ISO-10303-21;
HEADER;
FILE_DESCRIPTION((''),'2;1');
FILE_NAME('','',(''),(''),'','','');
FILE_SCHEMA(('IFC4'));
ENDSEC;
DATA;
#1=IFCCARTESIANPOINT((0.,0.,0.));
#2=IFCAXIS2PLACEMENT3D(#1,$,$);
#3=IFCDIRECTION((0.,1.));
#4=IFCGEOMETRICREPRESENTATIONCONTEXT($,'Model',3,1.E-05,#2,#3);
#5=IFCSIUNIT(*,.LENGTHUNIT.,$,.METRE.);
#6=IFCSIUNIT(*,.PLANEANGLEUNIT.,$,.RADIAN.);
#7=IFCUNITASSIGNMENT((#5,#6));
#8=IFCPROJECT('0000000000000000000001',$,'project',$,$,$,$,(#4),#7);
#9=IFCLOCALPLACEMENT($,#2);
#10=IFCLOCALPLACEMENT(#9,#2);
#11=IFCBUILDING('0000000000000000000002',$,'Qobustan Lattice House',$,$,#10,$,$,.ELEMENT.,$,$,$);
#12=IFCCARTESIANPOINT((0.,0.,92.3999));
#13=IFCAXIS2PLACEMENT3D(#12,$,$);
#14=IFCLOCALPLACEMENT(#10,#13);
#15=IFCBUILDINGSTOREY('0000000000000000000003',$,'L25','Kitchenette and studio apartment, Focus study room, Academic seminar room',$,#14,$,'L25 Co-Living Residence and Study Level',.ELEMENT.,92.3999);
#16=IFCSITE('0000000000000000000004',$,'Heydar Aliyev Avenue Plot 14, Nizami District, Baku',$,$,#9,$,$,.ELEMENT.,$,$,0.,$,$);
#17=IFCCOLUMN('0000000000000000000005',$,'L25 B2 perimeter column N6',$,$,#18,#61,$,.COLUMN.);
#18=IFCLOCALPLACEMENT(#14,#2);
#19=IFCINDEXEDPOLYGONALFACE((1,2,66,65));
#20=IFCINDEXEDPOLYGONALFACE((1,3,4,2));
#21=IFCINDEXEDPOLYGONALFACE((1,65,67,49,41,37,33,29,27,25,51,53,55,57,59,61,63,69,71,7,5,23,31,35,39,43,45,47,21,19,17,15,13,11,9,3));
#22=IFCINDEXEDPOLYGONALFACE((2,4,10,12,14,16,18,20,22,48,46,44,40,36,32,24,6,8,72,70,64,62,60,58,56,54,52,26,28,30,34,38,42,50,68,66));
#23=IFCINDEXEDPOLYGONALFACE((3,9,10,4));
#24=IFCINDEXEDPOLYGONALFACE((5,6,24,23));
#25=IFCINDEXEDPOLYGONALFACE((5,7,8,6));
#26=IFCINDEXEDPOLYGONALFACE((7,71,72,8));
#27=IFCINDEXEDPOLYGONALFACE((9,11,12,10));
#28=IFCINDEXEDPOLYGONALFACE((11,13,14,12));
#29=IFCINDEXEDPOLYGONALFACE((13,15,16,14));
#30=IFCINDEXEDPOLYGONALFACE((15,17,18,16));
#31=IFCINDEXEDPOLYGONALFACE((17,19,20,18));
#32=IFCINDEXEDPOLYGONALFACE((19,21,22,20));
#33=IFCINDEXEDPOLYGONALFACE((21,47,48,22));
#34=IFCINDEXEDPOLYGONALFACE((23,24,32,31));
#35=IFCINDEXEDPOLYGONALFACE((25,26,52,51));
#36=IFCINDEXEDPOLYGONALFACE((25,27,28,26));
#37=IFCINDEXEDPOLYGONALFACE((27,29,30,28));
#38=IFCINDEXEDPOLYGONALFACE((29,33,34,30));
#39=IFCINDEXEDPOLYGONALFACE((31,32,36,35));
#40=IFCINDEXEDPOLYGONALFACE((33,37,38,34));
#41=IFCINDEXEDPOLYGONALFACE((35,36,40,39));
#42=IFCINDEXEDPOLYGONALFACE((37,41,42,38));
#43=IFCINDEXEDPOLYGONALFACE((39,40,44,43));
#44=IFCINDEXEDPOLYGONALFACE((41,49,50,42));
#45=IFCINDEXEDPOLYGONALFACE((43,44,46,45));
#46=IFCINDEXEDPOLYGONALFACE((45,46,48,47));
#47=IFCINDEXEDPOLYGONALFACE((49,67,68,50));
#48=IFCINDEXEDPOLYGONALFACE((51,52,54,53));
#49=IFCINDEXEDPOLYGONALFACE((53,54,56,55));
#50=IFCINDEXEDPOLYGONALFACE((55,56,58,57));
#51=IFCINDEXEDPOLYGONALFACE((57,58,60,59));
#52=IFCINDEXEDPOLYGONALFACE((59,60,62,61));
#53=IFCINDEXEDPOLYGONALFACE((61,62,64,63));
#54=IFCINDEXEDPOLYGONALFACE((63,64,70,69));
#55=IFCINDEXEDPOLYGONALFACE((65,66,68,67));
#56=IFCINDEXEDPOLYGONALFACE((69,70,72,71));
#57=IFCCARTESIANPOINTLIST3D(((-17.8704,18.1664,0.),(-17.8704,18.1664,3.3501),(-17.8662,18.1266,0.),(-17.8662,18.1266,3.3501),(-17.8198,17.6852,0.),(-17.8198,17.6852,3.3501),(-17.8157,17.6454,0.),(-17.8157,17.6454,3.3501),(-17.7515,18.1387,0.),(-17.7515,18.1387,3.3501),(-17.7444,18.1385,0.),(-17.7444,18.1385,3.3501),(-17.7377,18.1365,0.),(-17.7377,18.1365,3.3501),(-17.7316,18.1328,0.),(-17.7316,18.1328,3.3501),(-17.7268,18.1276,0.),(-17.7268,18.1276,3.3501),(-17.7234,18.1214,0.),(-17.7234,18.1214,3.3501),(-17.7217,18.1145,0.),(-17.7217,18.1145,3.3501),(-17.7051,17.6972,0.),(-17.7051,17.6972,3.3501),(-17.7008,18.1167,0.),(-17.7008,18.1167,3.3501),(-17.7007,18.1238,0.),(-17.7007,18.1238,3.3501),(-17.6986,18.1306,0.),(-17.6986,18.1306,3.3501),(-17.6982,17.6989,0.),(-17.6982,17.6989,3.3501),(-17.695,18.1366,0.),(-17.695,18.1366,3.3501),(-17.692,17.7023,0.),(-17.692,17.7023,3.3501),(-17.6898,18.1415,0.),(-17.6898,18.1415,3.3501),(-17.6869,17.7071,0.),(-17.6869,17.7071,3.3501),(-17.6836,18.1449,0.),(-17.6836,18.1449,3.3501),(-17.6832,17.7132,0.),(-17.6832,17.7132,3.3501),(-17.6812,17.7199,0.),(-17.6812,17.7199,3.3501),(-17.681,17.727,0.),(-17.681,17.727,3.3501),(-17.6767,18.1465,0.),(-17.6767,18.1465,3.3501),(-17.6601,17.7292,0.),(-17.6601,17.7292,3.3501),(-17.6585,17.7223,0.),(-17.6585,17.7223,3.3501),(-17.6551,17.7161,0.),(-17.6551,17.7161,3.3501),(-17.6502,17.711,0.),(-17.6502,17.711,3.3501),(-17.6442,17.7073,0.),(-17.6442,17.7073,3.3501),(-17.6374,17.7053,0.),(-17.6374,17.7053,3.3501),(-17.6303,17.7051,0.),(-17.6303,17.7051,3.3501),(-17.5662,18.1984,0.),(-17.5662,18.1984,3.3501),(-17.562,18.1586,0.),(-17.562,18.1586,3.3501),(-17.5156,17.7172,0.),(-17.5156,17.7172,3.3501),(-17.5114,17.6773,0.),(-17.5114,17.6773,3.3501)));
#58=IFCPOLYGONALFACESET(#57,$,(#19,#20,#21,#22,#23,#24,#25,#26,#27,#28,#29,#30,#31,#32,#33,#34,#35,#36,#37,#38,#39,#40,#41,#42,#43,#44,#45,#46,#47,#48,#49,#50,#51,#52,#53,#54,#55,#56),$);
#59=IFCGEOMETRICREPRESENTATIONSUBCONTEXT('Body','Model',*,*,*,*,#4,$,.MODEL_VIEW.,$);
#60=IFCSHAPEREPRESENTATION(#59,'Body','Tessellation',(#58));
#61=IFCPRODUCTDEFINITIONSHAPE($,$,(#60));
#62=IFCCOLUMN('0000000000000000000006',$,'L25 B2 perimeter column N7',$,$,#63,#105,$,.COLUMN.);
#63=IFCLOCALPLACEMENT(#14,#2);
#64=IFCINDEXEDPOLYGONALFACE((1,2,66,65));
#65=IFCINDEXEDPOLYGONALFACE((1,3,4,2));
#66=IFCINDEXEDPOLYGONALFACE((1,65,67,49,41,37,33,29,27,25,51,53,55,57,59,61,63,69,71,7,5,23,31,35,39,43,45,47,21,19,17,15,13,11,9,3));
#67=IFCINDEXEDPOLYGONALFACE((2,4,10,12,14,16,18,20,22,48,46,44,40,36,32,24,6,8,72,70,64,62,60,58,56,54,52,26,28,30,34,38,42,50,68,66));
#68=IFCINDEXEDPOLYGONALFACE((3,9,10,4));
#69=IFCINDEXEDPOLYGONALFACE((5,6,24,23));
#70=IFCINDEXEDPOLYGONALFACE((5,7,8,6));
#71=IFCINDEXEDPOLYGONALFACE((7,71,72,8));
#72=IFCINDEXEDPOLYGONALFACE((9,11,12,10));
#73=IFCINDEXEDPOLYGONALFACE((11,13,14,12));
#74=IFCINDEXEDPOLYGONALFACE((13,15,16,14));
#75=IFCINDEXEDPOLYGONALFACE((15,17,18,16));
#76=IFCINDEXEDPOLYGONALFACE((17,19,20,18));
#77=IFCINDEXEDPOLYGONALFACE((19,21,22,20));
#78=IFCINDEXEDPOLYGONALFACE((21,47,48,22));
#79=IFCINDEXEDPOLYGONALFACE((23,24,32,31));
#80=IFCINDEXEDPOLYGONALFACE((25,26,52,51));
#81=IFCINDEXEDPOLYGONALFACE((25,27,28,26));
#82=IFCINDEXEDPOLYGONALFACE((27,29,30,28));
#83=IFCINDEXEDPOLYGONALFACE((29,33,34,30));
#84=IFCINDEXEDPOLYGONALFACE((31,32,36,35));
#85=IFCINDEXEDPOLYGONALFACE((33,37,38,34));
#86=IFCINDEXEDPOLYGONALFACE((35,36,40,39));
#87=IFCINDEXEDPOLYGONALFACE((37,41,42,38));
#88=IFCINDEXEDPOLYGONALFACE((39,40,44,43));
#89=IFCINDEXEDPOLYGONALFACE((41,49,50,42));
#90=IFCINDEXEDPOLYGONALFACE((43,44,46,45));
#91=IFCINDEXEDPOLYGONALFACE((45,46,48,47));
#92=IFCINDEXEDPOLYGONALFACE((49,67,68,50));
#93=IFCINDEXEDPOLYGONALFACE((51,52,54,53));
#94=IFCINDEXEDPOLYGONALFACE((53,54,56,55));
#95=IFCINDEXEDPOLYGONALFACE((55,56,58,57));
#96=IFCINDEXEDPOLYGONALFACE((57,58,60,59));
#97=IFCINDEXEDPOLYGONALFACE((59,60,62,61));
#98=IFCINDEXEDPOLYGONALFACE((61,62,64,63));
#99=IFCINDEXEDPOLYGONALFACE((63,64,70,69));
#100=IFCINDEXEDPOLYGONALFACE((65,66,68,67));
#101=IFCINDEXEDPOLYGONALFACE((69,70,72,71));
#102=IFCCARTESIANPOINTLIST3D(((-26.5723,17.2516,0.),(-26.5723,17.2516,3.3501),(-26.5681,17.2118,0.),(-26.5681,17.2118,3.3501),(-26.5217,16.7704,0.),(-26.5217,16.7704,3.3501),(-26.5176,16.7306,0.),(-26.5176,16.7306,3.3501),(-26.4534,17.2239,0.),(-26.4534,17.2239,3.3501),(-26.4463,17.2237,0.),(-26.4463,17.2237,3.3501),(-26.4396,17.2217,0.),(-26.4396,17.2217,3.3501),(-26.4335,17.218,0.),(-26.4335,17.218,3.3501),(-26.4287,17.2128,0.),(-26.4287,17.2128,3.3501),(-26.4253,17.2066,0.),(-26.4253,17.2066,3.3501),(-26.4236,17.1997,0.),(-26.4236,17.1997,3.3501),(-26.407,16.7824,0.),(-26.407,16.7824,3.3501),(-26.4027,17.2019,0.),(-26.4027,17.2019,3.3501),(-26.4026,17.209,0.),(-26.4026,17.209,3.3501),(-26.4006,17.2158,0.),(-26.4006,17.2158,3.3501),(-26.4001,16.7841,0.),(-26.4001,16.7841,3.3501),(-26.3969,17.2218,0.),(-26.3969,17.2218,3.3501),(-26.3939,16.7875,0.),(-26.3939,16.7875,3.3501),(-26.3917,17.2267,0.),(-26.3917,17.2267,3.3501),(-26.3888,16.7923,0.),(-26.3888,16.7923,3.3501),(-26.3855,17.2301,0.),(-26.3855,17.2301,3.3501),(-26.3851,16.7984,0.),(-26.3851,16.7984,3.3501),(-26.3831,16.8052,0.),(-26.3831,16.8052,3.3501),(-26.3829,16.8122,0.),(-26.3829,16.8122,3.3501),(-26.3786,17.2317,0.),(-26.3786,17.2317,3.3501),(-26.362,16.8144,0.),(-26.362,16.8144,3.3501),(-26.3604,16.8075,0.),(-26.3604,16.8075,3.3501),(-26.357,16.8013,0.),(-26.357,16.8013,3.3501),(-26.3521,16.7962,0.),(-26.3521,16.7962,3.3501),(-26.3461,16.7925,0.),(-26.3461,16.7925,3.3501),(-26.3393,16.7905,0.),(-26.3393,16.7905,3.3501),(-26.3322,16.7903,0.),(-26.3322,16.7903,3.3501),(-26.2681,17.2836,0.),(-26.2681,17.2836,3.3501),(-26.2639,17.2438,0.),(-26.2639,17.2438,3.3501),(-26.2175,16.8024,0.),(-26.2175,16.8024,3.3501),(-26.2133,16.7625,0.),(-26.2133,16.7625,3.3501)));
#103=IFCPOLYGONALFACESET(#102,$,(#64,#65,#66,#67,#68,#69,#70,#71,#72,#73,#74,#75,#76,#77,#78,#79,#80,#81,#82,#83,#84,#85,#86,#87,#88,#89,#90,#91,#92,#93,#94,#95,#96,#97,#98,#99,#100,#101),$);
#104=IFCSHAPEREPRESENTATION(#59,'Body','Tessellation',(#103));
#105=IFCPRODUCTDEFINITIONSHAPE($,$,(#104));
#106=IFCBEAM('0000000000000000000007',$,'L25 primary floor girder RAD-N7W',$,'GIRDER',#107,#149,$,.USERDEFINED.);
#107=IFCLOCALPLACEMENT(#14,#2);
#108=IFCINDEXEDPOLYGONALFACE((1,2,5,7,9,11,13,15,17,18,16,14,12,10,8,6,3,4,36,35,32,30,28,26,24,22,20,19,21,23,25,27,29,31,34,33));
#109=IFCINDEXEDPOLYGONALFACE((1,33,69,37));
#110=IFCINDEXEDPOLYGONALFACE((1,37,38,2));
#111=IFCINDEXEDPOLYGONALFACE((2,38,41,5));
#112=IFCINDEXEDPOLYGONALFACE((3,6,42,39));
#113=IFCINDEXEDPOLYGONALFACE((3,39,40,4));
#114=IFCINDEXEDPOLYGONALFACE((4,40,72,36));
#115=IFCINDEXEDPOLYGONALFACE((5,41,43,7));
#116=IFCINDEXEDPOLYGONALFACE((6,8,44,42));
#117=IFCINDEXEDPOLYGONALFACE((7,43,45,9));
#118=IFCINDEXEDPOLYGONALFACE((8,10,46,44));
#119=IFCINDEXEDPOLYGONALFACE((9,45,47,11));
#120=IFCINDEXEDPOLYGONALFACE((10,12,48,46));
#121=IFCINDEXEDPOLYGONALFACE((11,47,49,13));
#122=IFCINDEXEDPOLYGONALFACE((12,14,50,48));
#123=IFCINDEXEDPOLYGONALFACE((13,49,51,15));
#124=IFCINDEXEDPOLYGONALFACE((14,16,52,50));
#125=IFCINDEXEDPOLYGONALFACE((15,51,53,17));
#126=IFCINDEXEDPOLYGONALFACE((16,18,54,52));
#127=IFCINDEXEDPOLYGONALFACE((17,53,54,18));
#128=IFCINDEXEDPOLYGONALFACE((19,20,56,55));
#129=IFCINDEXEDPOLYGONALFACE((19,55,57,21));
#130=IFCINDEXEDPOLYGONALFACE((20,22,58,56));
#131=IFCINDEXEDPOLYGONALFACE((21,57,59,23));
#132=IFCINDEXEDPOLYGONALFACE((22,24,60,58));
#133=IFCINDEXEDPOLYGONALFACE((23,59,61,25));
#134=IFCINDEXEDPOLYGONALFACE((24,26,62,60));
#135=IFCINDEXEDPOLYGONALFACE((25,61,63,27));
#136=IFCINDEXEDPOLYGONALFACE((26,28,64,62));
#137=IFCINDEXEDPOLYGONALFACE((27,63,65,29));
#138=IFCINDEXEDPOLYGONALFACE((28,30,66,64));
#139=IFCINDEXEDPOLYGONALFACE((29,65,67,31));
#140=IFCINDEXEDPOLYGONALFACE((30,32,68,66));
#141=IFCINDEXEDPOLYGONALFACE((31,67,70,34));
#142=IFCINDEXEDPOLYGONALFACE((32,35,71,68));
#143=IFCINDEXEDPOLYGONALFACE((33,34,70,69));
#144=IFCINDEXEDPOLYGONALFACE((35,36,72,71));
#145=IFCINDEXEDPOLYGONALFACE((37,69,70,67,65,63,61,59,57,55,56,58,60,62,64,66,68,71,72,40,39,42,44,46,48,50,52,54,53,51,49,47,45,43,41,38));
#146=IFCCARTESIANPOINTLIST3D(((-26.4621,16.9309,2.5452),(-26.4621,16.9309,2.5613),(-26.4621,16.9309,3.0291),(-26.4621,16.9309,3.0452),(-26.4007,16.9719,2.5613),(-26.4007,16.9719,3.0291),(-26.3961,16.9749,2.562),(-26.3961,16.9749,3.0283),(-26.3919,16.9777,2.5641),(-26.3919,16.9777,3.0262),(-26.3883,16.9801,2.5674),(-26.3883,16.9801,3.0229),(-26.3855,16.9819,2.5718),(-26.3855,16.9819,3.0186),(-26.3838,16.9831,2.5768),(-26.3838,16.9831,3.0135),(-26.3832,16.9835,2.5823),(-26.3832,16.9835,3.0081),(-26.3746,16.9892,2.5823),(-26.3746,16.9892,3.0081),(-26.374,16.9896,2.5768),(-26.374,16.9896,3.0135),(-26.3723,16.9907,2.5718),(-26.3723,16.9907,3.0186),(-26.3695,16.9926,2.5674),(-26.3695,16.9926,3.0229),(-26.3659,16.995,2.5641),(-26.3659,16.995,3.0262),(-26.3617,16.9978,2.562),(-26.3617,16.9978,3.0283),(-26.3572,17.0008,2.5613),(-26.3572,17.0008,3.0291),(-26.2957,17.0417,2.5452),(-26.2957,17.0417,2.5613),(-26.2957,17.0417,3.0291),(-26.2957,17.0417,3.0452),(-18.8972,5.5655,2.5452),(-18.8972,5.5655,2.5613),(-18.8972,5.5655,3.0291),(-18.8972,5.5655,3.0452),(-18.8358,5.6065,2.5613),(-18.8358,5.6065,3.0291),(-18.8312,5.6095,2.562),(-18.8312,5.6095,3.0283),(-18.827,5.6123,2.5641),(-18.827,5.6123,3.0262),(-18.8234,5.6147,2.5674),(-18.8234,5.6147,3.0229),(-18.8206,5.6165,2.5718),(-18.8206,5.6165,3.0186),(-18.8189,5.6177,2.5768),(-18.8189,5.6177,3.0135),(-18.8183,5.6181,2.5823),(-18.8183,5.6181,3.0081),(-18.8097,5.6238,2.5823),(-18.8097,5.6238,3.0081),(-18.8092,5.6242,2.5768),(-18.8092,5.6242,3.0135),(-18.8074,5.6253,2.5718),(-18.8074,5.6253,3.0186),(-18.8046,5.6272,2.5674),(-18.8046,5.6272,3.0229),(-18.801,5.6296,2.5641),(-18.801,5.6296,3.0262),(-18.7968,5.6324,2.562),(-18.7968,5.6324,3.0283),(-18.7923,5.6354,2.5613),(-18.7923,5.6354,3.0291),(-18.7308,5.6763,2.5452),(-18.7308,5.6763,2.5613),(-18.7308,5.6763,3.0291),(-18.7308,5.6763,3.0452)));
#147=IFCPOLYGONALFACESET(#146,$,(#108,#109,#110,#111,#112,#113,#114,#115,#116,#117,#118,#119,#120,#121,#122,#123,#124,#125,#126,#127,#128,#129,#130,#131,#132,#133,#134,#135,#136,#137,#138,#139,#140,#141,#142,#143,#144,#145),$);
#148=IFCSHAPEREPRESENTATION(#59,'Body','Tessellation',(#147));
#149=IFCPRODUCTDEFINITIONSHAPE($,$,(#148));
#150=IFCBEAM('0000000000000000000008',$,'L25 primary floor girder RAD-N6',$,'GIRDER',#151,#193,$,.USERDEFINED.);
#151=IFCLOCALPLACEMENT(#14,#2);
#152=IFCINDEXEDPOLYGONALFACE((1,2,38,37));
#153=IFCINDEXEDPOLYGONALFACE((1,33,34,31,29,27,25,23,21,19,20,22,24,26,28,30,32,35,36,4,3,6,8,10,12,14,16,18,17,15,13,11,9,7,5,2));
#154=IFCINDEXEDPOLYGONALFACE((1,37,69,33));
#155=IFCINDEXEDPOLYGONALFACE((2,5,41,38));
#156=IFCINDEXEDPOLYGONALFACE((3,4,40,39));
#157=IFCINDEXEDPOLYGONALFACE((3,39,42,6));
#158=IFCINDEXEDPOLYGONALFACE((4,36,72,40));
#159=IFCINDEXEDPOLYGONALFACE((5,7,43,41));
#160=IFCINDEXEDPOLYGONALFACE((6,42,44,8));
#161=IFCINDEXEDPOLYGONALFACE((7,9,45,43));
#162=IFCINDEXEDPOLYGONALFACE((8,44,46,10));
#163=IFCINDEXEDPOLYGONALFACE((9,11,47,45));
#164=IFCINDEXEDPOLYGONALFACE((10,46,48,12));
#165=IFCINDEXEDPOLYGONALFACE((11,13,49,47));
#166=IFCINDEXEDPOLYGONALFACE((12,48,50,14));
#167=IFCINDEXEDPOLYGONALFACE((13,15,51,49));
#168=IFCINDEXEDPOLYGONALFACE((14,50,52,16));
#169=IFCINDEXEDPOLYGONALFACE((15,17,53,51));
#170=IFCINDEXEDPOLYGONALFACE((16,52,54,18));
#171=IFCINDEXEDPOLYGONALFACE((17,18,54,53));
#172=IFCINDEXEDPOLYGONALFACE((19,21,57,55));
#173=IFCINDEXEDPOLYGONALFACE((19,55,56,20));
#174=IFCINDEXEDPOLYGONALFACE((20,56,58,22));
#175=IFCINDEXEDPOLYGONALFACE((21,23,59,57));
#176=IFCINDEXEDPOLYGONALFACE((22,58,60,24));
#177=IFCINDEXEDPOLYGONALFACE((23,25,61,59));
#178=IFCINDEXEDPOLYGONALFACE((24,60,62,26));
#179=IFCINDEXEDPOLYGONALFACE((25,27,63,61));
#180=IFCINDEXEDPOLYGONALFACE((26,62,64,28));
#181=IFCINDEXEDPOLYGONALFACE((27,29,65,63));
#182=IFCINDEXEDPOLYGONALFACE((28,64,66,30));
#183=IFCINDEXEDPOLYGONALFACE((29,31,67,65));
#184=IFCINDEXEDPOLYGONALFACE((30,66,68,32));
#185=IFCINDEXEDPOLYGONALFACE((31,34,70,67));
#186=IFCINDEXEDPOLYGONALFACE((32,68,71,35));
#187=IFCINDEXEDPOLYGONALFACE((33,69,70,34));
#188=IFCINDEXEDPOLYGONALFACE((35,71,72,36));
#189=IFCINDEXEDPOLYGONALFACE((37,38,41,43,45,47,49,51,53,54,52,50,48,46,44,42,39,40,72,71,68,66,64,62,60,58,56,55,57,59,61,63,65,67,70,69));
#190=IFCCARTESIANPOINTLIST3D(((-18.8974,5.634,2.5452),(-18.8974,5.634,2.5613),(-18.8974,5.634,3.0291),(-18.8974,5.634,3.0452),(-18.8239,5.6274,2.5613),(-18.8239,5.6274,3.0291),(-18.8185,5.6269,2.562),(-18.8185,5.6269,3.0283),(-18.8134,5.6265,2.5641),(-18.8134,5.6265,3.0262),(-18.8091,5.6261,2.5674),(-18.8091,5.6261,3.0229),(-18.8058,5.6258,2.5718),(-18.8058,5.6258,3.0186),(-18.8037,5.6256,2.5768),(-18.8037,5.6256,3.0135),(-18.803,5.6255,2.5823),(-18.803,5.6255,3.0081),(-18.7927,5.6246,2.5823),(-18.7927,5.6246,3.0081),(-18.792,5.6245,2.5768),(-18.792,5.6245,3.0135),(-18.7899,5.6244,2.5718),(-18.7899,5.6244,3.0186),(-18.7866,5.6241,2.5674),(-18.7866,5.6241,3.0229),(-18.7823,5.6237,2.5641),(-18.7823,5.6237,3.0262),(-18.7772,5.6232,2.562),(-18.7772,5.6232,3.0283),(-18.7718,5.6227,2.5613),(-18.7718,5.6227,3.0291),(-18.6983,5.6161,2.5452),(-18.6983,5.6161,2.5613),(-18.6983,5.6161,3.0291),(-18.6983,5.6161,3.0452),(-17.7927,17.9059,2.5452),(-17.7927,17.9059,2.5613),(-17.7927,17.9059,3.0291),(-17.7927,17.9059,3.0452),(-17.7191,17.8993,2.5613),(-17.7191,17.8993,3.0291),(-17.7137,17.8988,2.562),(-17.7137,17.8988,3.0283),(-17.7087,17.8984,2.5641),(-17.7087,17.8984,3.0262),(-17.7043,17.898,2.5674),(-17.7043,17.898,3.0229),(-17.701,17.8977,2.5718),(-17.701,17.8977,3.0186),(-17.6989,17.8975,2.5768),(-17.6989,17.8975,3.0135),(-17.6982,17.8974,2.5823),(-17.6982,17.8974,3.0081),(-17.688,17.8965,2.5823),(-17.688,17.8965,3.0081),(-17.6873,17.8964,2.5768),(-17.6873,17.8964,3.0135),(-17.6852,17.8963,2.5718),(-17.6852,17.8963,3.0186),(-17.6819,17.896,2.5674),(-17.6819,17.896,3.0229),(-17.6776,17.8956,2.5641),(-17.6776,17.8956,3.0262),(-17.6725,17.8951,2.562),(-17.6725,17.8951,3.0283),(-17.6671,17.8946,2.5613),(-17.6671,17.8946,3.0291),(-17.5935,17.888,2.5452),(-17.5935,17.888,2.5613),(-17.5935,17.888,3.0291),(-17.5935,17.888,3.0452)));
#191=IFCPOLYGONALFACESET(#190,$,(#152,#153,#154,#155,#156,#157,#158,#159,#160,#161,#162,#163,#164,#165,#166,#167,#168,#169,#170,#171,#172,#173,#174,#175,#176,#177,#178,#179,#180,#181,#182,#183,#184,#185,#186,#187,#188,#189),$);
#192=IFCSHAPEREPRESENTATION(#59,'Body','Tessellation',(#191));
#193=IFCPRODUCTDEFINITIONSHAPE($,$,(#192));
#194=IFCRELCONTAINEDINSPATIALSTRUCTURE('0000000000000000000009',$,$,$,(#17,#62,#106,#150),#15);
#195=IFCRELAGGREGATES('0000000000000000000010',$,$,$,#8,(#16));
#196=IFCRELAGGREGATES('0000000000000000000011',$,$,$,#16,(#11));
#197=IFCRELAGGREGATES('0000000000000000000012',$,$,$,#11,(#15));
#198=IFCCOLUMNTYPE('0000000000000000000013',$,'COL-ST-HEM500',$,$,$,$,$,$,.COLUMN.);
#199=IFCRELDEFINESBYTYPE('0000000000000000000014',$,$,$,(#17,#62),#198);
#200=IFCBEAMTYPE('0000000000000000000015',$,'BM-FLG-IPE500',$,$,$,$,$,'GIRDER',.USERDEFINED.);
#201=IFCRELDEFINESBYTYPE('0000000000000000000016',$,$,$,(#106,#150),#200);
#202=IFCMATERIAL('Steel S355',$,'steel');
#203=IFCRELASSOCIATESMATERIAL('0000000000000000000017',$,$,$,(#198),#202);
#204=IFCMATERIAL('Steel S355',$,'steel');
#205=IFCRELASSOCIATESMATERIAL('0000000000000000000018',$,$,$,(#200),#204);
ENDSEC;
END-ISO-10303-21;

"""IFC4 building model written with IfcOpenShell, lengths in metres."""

from ifc_helpers import new_model, si_unit, direction, frame, origin, origin_2d, place, context, subcontext, project, spatial, i_section, extrude, material, material_profile, profile_set, type_object, element, save


model = new_model("IFC4")

# Units and contexts
model_context = context("Model", 3, precision=1e-05, world=origin(), true_north=direction((0.0, 1.0)))
body_context = subcontext(model_context, "Body", "Model", "MODEL_VIEW")
ifc_project = project(units=[si_unit("LENGTHUNIT", "METRE"), si_unit("PLANEANGLEUNIT", "RADIAN")], contexts=[model_context])

# Site, building, storey
site_placement = place(None, origin())
site = spatial("IfcSite", under=ifc_project, at=site_placement, Name="Heydar Aliyev Avenue Plot 14, Nizami District, Baku", CompositionType="ELEMENT", RefElevation=0.0)
building_placement = place(site_placement, origin())
building = spatial("IfcBuilding", under=site, at=building_placement, Name="Qobustan Lattice House", CompositionType="ELEMENT")
storey_placement = place(building_placement, frame((0.0, 0.0, 92.3999)))
storey = spatial("IfcBuildingStorey", under=building, at=storey_placement, Name="L25", Description="Kitchenette and studio apartment, Focus study room, Academic seminar room", LongName="L25 Co-Living Residence and Study Level", CompositionType="ELEMENT", Elevation=92.3999)

# Columns
ifc_material_1 = material(Name="Steel S355", Category="steel")
ifc_material_profile_1 = material_profile(ifc_material_1, i_section(OverallWidth=0.3059, OverallDepth=0.5239, WebThickness=0.021, FlangeThickness=0.04, FilletRadius=0.0271, at=origin_2d()), Name="HEM500")
ifc_profile_set_1 = profile_set([ifc_material_profile_1], Name="Steel S355")
column_type = type_object("IfcColumnType", Name="COL-ST-HEM500", PredefinedType="COLUMN", material=ifc_profile_set_1)
for number, where, z_axis, x_axis, name in (
    (1, (-17.6909, 17.9219, 0.0), (0.0, 0.0, 1.0), (0.994522, 0.104528, 0.0), "L25 B2 perimeter column N6"),
    (2, (-26.3928, 17.0071, 0.0), (0.0, 0.0, 1.0), (0.994522, 0.104528, 0.0), "L25 B2 perimeter column N7"),
):
    element("IfcColumn", number, at=place(storey_placement, frame(where, z_axis=z_axis, x_axis=x_axis)), inside=storey, type_object=column_type, Name=name, PredefinedType="COLUMN", context=body_context, shape_type="SweptSolid", body=[
        extrude(i_section(OverallWidth=0.3059, OverallDepth=0.5239, WebThickness=0.021, FlangeThickness=0.04, FilletRadius=0.0271, at=origin_2d()), origin(), (0.0, 0.0, 1.0), 3.3501),
    ])

# Beams
ifc_material_2 = material(Name="Steel S355", Category="steel")
ifc_material_profile_2 = material_profile(ifc_material_2, i_section(OverallWidth=0.2, OverallDepth=0.5, WebThickness=0.0103, FlangeThickness=0.0161, FilletRadius=0.021, at=origin_2d()), Name="IPE500")
ifc_profile_set_2 = profile_set([ifc_material_profile_2], Name="Steel S355")
beam_type_1 = type_object("IfcBeamType", Name="BM-FLG-IPE500", ElementType="GIRDER", PredefinedType="USERDEFINED", material=ifc_profile_set_2)
beam_1_placement = place(storey_placement, frame((-26.3789, 16.9863, 2.7952), z_axis=(0.554089, -0.832457, 0.0), x_axis=(0.832457, 0.554089, 0.0)))
element("IfcBeam", 3, at=beam_1_placement, inside=storey, type_object=beam_type_1, Name="L25 primary floor girder RAD-N7W", ObjectType="GIRDER", PredefinedType="USERDEFINED", context=body_context, shape_type="SweptSolid", body=[
    extrude(i_section(OverallWidth=0.2, OverallDepth=0.5, WebThickness=0.0103, FlangeThickness=0.0161, FilletRadius=0.021, at=origin_2d()), origin(), (0.0, 0.0, 1.0), 13.6528),
])
beam_2_placement = place(storey_placement, frame((-17.6931, 17.897, 2.7952), z_axis=(-0.089659, -0.995973, 0.0), x_axis=(0.995973, -0.089659, 0.0)))
element("IfcBeam", 4, at=beam_2_placement, inside=storey, type_object=beam_type_1, Name="L25 primary floor girder RAD-N6", ObjectType="GIRDER", PredefinedType="USERDEFINED", context=body_context, shape_type="SweptSolid", body=[
    extrude(i_section(OverallWidth=0.2, OverallDepth=0.5, WebThickness=0.0103, FlangeThickness=0.0161, FilletRadius=0.021, at=origin_2d()), origin(), (0.0, 0.0, 1.0), 12.3215),
])

save(model, "model.ifc")
